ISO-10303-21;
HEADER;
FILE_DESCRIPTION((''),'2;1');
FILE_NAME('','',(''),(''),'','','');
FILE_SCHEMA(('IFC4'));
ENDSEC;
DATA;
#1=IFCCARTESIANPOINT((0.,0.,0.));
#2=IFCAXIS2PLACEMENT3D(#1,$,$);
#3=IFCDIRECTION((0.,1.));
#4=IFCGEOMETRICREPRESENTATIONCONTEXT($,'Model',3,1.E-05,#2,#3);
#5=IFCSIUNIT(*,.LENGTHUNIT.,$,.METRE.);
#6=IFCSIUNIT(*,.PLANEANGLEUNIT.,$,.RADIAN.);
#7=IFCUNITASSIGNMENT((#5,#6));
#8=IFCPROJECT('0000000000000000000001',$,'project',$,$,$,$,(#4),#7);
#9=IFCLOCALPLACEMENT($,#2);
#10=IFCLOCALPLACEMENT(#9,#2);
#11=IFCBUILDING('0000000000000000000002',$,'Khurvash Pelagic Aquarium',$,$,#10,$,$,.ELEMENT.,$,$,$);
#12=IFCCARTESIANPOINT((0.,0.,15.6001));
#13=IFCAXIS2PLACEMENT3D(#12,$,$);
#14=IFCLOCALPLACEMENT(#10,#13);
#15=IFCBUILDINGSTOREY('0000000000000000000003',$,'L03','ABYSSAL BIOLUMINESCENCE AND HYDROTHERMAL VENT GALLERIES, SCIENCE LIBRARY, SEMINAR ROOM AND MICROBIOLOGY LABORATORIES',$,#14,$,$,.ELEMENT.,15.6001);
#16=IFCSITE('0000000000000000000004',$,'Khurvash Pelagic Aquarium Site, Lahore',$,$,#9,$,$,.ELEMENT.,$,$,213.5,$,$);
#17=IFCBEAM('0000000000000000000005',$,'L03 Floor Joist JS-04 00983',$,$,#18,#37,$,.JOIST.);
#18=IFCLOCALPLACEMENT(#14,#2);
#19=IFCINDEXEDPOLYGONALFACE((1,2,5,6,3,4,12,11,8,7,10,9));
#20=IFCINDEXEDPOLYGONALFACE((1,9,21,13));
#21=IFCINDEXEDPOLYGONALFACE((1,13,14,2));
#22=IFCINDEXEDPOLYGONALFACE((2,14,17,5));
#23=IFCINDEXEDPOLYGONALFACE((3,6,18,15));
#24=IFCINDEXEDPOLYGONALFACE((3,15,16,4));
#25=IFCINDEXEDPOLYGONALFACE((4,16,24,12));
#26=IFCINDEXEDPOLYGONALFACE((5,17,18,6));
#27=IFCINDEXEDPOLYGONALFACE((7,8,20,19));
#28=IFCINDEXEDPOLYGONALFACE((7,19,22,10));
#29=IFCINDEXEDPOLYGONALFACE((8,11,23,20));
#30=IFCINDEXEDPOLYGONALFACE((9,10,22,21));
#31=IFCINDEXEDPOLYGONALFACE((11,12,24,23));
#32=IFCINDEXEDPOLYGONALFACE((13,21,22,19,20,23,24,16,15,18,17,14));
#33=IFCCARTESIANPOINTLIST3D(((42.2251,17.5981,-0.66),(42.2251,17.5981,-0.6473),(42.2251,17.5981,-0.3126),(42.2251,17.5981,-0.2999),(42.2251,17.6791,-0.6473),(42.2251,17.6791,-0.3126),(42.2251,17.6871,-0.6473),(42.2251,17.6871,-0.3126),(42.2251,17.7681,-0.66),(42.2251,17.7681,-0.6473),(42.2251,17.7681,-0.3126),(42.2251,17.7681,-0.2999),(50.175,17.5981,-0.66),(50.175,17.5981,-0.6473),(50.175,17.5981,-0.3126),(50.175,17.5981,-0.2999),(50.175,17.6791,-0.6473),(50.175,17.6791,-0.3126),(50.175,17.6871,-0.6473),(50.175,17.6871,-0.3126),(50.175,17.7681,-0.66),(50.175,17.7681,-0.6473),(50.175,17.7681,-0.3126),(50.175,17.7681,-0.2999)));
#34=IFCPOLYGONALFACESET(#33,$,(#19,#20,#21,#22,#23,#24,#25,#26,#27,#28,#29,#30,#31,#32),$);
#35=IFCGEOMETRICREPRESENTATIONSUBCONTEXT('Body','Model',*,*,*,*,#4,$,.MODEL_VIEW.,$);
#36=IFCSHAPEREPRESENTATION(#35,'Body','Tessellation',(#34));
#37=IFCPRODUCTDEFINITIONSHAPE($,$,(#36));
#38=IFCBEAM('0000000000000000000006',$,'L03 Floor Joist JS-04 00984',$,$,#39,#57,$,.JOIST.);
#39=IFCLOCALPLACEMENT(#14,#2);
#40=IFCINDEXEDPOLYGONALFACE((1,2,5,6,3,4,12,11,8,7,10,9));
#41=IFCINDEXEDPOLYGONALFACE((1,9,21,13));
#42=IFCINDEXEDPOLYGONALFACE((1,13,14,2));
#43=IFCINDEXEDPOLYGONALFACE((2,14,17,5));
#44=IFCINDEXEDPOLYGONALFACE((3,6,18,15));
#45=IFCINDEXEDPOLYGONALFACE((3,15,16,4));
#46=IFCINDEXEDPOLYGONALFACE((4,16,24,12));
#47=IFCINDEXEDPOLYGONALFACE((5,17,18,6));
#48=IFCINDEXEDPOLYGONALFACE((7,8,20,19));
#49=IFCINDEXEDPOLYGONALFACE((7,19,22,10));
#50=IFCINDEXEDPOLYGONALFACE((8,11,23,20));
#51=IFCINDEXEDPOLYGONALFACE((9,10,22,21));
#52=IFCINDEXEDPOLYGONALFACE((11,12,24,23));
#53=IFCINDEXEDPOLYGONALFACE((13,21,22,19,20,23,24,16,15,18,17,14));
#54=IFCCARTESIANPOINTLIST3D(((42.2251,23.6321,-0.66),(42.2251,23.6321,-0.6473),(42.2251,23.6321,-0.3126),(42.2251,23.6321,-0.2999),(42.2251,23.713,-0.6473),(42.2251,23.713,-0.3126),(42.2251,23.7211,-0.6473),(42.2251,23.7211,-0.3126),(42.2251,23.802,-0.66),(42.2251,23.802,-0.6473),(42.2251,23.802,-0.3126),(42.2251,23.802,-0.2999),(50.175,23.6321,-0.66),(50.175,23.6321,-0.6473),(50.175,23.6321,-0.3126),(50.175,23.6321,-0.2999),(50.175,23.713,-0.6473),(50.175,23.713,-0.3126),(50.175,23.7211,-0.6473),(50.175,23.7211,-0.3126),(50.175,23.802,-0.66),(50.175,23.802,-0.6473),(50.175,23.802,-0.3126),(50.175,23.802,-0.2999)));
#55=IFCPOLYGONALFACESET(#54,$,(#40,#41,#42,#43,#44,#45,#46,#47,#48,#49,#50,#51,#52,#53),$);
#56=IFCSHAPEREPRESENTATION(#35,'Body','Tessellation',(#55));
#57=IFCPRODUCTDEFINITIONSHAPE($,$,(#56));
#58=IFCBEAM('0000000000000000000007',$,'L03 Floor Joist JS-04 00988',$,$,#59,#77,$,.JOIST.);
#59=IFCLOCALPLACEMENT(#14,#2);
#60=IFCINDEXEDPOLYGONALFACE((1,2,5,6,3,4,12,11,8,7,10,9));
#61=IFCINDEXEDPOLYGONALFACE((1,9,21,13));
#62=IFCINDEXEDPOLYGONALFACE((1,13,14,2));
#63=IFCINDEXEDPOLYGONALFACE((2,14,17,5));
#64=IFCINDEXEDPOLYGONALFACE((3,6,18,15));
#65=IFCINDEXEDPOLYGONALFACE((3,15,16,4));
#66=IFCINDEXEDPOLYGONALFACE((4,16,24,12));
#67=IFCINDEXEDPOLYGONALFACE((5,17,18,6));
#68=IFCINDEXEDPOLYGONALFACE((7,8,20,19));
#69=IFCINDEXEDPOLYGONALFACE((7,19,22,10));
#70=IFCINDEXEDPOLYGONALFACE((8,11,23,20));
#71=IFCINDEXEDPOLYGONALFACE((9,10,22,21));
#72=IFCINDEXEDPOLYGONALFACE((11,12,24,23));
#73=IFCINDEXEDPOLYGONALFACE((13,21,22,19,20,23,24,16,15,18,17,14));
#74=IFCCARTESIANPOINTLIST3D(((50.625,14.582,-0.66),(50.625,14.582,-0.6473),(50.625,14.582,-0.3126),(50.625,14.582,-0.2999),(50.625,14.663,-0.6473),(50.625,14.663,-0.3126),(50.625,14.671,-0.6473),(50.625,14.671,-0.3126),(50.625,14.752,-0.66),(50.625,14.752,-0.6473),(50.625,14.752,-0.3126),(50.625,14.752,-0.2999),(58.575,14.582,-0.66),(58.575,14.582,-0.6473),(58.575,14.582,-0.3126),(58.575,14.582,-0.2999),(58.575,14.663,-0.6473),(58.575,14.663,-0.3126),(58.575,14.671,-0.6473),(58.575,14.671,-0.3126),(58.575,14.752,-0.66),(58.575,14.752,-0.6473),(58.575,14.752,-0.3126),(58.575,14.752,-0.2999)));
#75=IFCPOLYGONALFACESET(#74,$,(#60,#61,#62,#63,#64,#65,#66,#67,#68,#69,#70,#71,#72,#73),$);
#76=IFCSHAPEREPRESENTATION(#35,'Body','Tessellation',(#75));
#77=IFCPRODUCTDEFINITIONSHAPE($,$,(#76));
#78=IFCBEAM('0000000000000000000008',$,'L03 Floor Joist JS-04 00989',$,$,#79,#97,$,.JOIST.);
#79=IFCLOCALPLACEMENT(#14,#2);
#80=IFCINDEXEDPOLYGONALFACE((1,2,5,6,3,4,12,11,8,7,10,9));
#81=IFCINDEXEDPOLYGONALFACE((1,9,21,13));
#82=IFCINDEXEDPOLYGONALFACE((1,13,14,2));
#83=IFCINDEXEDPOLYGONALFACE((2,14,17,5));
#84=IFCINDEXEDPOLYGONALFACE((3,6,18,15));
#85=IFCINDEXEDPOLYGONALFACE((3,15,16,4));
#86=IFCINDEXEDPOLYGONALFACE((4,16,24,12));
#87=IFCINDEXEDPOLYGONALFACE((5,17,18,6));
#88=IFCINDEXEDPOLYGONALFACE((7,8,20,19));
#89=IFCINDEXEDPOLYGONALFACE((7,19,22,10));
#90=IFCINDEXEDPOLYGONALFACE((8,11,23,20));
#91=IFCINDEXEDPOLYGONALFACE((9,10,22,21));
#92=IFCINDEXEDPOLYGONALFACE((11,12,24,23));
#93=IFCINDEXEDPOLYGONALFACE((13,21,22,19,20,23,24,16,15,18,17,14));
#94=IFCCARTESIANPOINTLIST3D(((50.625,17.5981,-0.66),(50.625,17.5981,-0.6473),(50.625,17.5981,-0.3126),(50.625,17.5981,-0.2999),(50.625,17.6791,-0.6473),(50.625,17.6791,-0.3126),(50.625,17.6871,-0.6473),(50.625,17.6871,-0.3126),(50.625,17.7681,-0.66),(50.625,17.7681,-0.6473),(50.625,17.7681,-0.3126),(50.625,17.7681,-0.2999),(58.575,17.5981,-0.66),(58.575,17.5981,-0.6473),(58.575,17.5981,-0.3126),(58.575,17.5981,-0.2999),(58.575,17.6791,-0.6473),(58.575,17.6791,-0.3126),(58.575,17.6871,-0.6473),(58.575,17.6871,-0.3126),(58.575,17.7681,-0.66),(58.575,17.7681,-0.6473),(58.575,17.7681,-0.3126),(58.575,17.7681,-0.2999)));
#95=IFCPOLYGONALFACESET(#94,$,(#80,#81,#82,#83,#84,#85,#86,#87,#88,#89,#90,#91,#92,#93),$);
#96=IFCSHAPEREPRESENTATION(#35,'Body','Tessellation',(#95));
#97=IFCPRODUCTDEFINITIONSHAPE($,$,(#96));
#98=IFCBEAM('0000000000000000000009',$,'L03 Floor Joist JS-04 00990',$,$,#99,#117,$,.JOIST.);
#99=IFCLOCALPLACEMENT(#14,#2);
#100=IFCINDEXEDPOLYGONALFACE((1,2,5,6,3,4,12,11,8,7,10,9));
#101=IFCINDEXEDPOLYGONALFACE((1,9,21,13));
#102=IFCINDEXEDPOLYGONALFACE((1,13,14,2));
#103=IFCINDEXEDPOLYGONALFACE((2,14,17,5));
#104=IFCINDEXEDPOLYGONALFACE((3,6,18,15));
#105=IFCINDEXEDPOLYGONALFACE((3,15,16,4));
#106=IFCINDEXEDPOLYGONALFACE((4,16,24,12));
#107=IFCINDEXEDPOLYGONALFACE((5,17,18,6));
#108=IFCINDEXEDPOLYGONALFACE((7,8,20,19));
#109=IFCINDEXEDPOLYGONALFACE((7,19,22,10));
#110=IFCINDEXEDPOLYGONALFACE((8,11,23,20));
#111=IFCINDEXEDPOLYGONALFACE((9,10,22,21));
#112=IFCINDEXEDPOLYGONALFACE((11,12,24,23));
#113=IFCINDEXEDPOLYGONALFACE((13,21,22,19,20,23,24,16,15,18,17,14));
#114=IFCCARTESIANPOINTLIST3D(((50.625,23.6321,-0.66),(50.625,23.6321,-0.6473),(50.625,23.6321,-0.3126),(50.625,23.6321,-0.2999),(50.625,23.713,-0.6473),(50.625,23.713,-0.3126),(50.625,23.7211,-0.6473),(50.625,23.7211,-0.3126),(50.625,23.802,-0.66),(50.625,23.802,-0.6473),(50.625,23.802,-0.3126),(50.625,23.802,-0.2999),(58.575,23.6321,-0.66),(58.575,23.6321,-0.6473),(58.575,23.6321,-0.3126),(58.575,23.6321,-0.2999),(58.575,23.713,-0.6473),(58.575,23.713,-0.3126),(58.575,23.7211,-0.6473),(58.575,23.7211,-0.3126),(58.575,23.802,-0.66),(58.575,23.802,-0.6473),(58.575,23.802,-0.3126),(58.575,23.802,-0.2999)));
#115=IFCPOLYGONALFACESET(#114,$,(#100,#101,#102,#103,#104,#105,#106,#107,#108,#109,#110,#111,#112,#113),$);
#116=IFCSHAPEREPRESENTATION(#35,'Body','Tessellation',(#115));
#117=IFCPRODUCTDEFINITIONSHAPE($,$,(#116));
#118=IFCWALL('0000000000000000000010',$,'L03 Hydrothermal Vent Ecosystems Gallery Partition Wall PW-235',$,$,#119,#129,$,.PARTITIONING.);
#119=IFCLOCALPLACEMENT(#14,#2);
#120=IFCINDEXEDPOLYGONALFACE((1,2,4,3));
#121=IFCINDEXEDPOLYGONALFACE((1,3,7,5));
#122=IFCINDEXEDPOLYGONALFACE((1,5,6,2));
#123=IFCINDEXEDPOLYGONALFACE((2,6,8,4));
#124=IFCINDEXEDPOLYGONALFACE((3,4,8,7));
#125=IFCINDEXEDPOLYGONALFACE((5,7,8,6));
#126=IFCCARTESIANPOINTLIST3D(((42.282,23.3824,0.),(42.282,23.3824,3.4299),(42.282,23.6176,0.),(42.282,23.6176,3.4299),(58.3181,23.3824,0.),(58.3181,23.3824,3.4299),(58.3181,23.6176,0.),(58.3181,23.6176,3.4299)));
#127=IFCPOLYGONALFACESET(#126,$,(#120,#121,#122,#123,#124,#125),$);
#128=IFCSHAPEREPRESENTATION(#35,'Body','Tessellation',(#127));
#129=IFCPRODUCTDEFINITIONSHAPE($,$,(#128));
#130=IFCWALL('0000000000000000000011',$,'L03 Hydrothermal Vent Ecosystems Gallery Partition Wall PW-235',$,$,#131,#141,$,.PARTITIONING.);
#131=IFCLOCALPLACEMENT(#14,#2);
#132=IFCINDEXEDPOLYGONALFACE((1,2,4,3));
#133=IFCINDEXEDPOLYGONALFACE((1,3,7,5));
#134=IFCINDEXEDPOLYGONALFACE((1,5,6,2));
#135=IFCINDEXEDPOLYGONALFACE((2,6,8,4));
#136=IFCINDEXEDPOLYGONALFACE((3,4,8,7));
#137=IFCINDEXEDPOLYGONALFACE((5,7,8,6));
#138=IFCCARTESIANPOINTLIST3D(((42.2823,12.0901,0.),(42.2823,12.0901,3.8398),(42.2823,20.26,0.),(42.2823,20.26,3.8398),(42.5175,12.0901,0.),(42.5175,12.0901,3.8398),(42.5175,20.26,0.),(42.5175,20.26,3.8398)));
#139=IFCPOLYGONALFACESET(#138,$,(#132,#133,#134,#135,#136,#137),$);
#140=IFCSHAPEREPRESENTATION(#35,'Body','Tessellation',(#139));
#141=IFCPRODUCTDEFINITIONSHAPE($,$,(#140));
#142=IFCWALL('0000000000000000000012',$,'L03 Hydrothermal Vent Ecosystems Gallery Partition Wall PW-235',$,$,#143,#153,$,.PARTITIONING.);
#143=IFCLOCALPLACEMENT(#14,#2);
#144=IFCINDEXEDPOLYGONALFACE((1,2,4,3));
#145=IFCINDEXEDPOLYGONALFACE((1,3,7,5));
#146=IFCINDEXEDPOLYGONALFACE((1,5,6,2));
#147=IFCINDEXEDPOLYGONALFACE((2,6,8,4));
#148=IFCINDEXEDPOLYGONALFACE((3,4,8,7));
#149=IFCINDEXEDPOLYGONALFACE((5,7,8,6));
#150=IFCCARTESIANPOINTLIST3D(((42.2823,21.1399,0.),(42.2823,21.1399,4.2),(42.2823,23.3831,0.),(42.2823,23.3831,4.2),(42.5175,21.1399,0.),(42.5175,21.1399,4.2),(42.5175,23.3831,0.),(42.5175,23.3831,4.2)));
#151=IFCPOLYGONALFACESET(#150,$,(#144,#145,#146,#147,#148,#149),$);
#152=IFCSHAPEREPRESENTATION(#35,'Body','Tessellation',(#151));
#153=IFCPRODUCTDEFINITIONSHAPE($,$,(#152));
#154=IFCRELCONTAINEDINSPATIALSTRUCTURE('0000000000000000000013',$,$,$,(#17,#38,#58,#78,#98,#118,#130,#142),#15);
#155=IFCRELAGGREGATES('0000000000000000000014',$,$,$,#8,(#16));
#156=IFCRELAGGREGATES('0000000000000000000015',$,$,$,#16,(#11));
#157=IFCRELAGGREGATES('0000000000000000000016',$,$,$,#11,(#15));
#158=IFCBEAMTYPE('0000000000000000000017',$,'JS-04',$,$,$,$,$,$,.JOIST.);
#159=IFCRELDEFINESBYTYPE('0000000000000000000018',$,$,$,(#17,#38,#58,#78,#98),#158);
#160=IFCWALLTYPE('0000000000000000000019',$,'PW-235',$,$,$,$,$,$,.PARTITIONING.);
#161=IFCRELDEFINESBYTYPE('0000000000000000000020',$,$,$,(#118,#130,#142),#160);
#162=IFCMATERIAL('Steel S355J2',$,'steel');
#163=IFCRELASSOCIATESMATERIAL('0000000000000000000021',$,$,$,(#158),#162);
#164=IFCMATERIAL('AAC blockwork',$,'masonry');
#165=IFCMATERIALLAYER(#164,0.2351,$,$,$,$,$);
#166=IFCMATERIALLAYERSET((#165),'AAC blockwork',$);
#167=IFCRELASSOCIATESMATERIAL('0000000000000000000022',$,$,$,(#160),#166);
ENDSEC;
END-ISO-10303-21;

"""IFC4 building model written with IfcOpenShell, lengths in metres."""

from ifc_helpers import new_model, si_unit, direction, frame, frame_2d, origin, origin_2d, place, context, subcontext, project, spatial, rectangle, i_section, extrude, material, layer, layer_set, material_profile, profile_set, type_object, element, save


model = new_model("IFC4")

# Units and contexts
model_context = context("Model", 3, precision=1e-05, world=origin(), true_north=direction((0.0, 1.0)))
body_context = subcontext(model_context, "Body", "Model", "MODEL_VIEW")
ifc_project = project(units=[si_unit("LENGTHUNIT", "METRE"), si_unit("PLANEANGLEUNIT", "RADIAN")], contexts=[model_context])

# Site, building, storey
site_placement = place(None, origin())
site = spatial("IfcSite", under=ifc_project, at=site_placement, Name="Khurvash Pelagic Aquarium Site, Lahore", CompositionType="ELEMENT", RefElevation=213.5)
building_placement = place(site_placement, origin())
building = spatial("IfcBuilding", under=site, at=building_placement, Name="Khurvash Pelagic Aquarium", CompositionType="ELEMENT")
storey_placement = place(building_placement, frame((0.0, 0.0, 15.6001)))
storey = spatial("IfcBuildingStorey", under=building, at=storey_placement, Name="L03", Description="ABYSSAL BIOLUMINESCENCE AND HYDROTHERMAL VENT GALLERIES, SCIENCE LIBRARY, SEMINAR ROOM AND MICROBIOLOGY LABORATORIES", CompositionType="ELEMENT", Elevation=15.6001)

# Beams
ifc_material_1 = material(Name="Steel S355J2", Category="steel")
ifc_material_profile_1 = material_profile(ifc_material_1, i_section(OverallWidth=0.1699, OverallDepth=0.3601, WebThickness=0.0081, FlangeThickness=0.0127, at=origin_2d()), Name="IPE360")
ifc_profile_set_1 = profile_set([ifc_material_profile_1], Name="Steel S355J2")
beam_type_1 = type_object("IfcBeamType", Name="JS-04", PredefinedType="JOIST", material=ifc_profile_set_1)
for number, where, z_axis, x_axis, name in (
    (1, (42.2251, 17.6831, -0.48), (1.0, 0.0, 0.0), (0.0, 1.0, 0.0), "L03 Floor Joist JS-04 00983"),
    (2, (42.2251, 23.717, -0.48), (1.0, 0.0, 0.0), (0.0, 1.0, 0.0), "L03 Floor Joist JS-04 00984"),
    (3, (50.625, 14.667, -0.48), (1.0, 0.0, 0.0), (0.0, 1.0, 0.0), "L03 Floor Joist JS-04 00988"),
    (4, (50.625, 17.6831, -0.48), (1.0, 0.0, 0.0), (0.0, 1.0, 0.0), "L03 Floor Joist JS-04 00989"),
    (5, (50.625, 23.717, -0.48), (1.0, 0.0, 0.0), (0.0, 1.0, 0.0), "L03 Floor Joist JS-04 00990"),
):
    element("IfcBeam", number, at=place(storey_placement, frame(where, z_axis=z_axis, x_axis=x_axis)), inside=storey, type_object=beam_type_1, Name=name, PredefinedType="JOIST", context=body_context, shape_type="SweptSolid", body=[
        extrude(i_section(OverallWidth=0.1699, OverallDepth=0.3601, WebThickness=0.0081, FlangeThickness=0.0127, at=origin_2d()), origin(), (0.0, 0.0, 1.0), 7.95),
    ])

# Walls
ifc_material_2 = material(Name="AAC blockwork", Category="masonry")
ifc_layer = layer(ifc_material_2, 0.2351)
ifc_layer_set = layer_set([ifc_layer], Name="AAC blockwork")
wall_type = type_object("IfcWallType", Name="PW-235", PredefinedType="PARTITIONING", material=ifc_layer_set)
wall_1_placement = place(storey_placement, frame((42.282, 23.5, 0.0), z_axis=(0.0, 0.0, 1.0), x_axis=(1.0, 0.0, 0.0)))
element("IfcWall", 6, at=wall_1_placement, inside=storey, type_object=wall_type, Name="L03 Hydrothermal Vent Ecosystems Gallery Partition Wall PW-235", PredefinedType="PARTITIONING", context=body_context, shape_type="SweptSolid", body=[
    extrude(rectangle(XDim=16.0361, YDim=0.2351, at=frame_2d((8.0181, 0.0))), origin(), (0.0, 0.0, 1.0), 3.4299),
])
wall_2_placement = place(storey_placement, frame((42.3999, 12.0901, 0.0), z_axis=(0.0, 0.0, 1.0), x_axis=(0.0, 1.0, 0.0)))
element("IfcWall", 7, at=wall_2_placement, inside=storey, type_object=wall_type, Name="L03 Hydrothermal Vent Ecosystems Gallery Partition Wall PW-235", PredefinedType="PARTITIONING", context=body_context, shape_type="SweptSolid", body=[
    extrude(rectangle(XDim=8.1699, YDim=0.2351, at=frame_2d((4.085, 0.0))), origin(), (0.0, 0.0, 1.0), 3.8398),
])
wall_3_placement = place(storey_placement, frame((42.3999, 21.1399, 0.0), z_axis=(0.0, 0.0, 1.0), x_axis=(0.0, 1.0, 0.0)))
element("IfcWall", 8, at=wall_3_placement, inside=storey, type_object=wall_type, Name="L03 Hydrothermal Vent Ecosystems Gallery Partition Wall PW-235", PredefinedType="PARTITIONING", context=body_context, shape_type="SweptSolid", body=[
    extrude(rectangle(XDim=2.2432, YDim=0.2351, at=frame_2d((1.1216, 0.0))), origin(), (0.0, 0.0, 1.0), 4.2),
])

save(model, "model.ifc")
